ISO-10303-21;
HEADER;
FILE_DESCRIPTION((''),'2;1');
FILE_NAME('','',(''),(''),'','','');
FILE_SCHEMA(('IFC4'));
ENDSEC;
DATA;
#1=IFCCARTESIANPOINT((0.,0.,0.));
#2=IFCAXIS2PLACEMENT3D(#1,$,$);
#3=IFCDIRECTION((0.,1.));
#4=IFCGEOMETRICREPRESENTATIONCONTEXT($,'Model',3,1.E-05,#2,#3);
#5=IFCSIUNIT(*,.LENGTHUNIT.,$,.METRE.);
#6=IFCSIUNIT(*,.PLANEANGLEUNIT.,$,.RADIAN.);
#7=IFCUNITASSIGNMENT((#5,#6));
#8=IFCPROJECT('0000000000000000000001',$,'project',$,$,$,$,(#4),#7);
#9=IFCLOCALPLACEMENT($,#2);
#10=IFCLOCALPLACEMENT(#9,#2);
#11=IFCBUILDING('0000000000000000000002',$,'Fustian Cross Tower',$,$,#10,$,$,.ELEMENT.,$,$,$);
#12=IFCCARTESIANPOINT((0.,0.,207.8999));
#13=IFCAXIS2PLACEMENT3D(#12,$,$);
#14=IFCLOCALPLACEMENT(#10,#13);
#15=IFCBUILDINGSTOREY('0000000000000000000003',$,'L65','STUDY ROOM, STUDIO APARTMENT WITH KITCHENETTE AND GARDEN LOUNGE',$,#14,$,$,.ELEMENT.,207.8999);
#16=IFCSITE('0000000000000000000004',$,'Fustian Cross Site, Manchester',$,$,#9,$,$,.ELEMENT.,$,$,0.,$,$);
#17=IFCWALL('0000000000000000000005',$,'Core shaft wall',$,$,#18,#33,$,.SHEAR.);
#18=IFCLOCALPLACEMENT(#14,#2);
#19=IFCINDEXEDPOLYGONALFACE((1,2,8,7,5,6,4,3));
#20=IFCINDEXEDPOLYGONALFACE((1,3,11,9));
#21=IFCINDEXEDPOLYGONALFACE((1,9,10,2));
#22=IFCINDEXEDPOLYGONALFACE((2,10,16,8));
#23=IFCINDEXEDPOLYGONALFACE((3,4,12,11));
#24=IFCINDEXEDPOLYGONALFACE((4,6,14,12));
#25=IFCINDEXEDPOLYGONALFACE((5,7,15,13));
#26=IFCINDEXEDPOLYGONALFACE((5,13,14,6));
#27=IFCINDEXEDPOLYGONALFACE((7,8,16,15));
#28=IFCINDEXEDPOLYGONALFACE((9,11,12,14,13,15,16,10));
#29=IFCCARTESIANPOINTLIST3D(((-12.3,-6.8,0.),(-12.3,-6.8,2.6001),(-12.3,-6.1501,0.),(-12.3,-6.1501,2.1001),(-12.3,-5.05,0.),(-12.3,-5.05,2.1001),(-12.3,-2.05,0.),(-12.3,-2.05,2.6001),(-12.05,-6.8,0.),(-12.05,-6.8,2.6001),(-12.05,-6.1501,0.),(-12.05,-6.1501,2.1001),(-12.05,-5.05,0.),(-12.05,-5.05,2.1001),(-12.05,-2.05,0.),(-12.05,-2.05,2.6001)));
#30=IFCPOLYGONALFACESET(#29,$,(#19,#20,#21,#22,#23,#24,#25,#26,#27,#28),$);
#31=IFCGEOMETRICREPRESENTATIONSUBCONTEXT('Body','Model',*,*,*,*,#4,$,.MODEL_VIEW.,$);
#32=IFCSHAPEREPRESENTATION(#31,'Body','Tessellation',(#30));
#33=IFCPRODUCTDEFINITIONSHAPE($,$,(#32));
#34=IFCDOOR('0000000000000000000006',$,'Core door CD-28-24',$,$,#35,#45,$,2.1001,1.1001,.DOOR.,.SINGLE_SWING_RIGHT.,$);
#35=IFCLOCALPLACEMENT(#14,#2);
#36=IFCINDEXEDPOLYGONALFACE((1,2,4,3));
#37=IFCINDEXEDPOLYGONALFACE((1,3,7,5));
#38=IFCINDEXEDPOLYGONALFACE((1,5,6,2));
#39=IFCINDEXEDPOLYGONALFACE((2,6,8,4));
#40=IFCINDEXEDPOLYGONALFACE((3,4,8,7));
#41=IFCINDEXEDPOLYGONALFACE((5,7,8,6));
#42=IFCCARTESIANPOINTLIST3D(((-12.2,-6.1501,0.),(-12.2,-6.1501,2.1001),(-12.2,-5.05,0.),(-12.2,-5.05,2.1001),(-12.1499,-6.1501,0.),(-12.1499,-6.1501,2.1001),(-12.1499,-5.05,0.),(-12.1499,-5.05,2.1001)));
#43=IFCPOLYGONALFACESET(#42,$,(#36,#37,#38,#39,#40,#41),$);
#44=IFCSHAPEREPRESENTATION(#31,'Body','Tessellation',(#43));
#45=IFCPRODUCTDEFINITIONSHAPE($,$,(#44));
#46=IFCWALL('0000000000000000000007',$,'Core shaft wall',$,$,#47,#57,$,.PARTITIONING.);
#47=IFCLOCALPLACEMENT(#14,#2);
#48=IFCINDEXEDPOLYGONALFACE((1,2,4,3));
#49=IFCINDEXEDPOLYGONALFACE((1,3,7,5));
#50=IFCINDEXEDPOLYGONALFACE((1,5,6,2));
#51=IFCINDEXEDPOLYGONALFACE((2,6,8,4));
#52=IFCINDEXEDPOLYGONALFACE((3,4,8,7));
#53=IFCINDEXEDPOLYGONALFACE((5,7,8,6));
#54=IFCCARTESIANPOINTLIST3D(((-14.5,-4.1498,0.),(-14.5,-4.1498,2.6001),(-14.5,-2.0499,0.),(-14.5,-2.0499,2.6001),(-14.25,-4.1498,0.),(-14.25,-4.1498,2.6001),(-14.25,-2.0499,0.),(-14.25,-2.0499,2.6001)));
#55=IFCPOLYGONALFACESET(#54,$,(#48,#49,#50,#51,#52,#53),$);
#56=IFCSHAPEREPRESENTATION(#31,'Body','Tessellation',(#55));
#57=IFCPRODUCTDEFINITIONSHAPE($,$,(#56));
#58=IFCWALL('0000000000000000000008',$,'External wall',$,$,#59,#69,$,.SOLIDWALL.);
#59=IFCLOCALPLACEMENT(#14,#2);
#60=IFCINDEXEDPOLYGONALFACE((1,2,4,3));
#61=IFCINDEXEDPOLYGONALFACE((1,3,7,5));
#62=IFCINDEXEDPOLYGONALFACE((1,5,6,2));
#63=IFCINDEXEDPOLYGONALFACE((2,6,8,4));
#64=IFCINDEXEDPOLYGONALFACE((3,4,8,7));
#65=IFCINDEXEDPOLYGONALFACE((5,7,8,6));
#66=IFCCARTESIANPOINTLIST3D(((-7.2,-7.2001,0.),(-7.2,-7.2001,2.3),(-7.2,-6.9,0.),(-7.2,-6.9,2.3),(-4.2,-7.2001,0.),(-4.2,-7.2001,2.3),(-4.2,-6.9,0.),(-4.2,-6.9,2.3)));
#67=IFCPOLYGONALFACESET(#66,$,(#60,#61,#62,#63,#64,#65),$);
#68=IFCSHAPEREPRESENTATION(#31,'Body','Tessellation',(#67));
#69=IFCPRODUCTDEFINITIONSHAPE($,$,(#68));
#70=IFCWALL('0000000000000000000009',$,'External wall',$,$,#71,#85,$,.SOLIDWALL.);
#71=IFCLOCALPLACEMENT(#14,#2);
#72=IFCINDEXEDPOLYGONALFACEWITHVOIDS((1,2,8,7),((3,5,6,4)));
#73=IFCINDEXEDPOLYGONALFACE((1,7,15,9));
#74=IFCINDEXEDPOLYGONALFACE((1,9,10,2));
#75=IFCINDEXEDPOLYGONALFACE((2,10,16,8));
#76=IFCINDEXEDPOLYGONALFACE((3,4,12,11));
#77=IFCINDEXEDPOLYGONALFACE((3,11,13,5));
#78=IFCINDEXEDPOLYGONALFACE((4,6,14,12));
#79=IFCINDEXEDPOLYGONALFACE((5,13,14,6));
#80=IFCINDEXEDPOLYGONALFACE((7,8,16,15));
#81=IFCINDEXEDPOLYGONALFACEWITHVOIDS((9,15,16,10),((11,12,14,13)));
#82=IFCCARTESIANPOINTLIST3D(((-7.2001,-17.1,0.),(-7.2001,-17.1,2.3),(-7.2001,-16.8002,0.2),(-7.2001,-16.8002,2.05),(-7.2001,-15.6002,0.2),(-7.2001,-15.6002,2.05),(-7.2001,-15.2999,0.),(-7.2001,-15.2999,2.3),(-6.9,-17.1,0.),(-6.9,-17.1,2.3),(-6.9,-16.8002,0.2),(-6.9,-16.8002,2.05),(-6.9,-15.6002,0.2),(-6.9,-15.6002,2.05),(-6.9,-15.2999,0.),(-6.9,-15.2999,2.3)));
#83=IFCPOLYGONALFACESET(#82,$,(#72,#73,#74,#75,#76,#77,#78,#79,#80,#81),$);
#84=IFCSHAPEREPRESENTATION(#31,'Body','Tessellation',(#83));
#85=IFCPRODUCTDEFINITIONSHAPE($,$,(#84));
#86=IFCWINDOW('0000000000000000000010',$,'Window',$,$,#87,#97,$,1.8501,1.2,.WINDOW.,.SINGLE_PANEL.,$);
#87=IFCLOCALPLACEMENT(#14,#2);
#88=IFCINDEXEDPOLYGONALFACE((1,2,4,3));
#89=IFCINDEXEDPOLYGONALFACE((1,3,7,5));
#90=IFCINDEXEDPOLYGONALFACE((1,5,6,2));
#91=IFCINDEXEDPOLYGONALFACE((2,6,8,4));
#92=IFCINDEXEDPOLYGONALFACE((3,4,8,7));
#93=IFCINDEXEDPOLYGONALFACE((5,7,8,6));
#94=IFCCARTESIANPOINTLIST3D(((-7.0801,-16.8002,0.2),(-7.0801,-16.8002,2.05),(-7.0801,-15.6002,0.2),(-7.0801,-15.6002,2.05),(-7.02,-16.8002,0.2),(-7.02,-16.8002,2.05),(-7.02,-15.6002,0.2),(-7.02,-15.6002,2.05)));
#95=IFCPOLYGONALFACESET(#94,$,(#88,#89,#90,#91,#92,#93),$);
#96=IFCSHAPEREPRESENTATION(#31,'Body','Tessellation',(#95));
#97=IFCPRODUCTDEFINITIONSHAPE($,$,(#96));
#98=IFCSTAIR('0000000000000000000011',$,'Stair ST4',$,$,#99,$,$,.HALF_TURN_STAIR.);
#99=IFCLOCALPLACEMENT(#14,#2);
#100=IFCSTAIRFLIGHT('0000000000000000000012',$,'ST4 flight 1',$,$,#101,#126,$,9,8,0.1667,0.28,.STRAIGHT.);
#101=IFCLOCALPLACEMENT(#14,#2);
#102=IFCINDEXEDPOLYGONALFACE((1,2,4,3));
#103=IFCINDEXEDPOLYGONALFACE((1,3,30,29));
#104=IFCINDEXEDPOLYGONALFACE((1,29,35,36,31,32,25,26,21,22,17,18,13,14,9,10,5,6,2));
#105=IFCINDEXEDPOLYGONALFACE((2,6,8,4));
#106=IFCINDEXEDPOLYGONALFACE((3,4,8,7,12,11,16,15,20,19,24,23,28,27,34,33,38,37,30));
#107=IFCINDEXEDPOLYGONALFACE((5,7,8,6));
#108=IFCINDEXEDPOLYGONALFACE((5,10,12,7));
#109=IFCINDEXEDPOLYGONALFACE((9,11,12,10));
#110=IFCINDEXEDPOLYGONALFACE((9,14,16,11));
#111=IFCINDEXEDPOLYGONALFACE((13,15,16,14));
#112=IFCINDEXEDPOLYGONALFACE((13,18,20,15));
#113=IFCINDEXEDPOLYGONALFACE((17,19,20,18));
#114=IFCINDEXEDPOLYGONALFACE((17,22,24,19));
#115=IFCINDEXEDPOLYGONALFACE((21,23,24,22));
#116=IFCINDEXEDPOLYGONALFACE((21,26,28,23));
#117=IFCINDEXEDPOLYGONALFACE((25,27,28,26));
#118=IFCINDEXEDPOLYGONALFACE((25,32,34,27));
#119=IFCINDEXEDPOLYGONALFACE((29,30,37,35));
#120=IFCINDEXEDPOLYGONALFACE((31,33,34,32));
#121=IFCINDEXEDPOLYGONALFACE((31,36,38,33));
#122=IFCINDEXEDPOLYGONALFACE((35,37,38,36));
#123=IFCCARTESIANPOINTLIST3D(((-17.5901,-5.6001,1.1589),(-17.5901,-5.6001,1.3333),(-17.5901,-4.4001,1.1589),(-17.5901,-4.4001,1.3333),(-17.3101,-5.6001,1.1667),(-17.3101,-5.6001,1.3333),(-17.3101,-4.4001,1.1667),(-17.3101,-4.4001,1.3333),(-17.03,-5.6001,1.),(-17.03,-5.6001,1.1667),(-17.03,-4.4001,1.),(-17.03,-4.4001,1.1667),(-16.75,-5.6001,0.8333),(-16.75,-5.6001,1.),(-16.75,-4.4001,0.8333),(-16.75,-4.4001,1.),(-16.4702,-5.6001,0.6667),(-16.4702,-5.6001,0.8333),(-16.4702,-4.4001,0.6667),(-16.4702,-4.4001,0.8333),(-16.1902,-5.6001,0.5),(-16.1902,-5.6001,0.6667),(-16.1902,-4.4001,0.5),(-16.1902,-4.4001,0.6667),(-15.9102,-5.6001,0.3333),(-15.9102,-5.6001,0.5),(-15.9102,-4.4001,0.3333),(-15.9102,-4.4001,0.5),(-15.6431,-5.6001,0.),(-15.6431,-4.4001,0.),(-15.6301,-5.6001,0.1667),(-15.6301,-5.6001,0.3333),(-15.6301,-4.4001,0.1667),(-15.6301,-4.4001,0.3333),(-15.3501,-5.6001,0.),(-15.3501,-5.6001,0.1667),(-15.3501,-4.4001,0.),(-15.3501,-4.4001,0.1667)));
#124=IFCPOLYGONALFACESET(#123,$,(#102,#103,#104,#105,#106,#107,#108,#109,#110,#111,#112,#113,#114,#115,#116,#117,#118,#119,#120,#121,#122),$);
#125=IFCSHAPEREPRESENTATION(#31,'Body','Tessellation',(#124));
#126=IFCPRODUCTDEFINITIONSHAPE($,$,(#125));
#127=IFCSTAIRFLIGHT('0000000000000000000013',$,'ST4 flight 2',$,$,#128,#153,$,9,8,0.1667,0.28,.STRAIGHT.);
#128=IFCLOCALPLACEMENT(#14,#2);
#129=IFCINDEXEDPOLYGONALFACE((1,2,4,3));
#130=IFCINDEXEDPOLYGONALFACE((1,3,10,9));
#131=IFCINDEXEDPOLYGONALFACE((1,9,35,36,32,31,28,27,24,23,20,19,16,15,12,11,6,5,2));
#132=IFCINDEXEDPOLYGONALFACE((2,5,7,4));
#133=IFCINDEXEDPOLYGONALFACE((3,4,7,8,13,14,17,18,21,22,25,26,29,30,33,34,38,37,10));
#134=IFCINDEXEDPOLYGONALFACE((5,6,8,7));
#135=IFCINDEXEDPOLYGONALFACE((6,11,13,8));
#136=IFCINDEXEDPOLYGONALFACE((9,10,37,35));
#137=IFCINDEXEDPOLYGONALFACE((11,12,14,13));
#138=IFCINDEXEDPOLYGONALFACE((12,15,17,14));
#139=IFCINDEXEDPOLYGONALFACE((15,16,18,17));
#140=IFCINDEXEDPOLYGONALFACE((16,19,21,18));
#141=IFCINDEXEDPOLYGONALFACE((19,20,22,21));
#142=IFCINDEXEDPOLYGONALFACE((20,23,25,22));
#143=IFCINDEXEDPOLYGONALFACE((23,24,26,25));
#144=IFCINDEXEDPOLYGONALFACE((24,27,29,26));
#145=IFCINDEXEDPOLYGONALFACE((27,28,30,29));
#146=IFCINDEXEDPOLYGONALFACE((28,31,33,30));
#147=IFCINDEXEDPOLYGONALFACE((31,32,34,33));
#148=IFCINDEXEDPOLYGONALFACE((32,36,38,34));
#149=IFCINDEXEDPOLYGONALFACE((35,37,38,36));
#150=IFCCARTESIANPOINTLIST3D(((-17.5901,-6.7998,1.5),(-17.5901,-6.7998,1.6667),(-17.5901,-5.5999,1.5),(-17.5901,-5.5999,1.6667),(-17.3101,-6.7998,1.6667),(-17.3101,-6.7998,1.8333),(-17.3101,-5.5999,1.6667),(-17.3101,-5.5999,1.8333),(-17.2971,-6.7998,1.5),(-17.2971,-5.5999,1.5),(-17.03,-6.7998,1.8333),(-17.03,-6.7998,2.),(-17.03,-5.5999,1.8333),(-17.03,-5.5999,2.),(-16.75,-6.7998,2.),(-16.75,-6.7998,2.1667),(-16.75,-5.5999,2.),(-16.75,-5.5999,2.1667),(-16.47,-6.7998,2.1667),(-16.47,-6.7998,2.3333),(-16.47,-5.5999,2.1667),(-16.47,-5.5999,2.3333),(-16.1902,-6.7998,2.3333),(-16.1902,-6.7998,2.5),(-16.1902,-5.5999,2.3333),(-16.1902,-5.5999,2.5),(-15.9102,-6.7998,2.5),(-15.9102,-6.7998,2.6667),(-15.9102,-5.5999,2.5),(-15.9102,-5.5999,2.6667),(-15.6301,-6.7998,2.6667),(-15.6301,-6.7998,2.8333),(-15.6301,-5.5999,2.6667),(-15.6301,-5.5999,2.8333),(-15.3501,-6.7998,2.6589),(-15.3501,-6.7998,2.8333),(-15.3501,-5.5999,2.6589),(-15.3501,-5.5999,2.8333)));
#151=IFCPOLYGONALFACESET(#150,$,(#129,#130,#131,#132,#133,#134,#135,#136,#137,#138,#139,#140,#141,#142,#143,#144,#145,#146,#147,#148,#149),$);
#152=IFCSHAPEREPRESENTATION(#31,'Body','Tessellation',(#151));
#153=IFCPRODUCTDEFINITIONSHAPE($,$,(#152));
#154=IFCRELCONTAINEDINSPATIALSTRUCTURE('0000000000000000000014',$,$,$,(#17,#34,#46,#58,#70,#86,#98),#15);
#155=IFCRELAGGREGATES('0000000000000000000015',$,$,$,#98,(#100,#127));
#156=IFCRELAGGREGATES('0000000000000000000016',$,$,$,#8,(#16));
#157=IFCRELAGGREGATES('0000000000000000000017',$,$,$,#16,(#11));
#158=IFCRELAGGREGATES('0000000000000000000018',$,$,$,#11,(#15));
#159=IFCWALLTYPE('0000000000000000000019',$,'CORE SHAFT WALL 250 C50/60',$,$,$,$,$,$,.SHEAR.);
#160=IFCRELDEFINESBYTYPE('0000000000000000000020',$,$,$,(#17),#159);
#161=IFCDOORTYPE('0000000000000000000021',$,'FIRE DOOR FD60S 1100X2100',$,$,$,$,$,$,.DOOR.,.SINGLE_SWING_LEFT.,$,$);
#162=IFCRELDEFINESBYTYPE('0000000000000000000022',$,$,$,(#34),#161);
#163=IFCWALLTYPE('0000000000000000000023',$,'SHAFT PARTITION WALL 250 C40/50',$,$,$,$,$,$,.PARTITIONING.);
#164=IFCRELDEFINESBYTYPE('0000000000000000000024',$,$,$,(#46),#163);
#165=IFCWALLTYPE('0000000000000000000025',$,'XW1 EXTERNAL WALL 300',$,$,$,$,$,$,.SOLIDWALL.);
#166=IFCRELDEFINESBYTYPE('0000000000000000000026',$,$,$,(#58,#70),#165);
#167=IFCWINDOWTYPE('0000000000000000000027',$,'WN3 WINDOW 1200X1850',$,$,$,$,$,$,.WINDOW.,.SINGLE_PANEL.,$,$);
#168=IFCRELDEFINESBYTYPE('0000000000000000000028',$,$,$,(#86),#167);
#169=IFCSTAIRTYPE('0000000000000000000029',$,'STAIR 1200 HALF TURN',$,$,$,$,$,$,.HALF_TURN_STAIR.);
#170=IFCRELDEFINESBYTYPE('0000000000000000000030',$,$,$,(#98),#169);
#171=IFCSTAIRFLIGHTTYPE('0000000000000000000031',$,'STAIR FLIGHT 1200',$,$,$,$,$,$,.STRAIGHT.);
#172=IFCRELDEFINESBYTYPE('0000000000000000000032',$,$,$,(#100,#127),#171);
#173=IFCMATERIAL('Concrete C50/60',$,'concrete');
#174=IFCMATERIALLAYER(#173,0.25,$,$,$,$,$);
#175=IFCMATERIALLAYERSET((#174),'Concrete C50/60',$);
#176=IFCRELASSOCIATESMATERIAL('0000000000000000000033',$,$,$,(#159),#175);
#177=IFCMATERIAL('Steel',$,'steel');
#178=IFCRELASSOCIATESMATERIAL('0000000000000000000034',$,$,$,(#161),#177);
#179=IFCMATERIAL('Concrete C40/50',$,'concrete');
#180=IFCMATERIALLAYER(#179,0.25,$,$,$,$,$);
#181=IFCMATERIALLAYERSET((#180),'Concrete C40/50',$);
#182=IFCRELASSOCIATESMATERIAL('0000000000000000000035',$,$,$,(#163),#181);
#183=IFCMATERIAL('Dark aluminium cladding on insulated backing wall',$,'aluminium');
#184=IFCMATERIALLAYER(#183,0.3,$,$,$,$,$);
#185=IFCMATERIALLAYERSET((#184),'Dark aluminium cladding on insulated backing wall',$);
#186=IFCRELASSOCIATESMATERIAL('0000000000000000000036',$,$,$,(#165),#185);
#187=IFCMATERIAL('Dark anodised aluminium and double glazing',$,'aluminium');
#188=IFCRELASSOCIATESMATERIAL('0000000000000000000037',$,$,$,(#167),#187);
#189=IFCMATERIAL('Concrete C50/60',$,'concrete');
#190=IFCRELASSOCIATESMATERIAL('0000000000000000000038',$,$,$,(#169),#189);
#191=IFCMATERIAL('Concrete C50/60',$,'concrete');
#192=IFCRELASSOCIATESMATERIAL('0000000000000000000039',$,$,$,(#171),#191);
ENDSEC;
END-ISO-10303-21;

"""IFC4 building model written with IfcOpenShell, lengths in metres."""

from ifc_helpers import new_model, si_unit, direction, frame, frame_2d, origin, place, context, subcontext, project, spatial, polyline, rectangle, outline, extrude, material, layer, layer_set, type_object, element, fill, aggregate, save


model = new_model("IFC4")

# Units and contexts
model_context = context("Model", 3, precision=1e-05, world=origin(), true_north=direction((0.0, 1.0)))
body_context = subcontext(model_context, "Body", "Model", "MODEL_VIEW")
ifc_project = project(units=[si_unit("LENGTHUNIT", "METRE"), si_unit("PLANEANGLEUNIT", "RADIAN")], contexts=[model_context])

# Site, building, storey
site_placement = place(None, origin())
site = spatial("IfcSite", under=ifc_project, at=site_placement, Name="Fustian Cross Site, Manchester", CompositionType="ELEMENT", RefElevation=0.0)
building_placement = place(site_placement, origin())
building = spatial("IfcBuilding", under=site, at=building_placement, Name="Fustian Cross Tower", CompositionType="ELEMENT")
storey_placement = place(building_placement, frame((0.0, 0.0, 207.8999)))
storey = spatial("IfcBuildingStorey", under=building, at=storey_placement, Name="L65", Description="STUDY ROOM, STUDIO APARTMENT WITH KITCHENETTE AND GARDEN LOUNGE", CompositionType="ELEMENT", Elevation=207.8999)

# Shared definitions
ifc_material_1 = material(Name="Concrete C50/60", Category="concrete")
ifc_layer_1 = layer(ifc_material_1, 0.25)
ifc_layer_set_1 = layer_set([ifc_layer_1], Name="Concrete C50/60")
wall_type_1 = type_object("IfcWallType", Name="CORE SHAFT WALL 250 C50/60", PredefinedType="SHEAR", material=ifc_layer_set_1)

# Wall, opening, door
wall_1_placement = place(storey_placement, frame((-12.175, -2.05, 0.0), z_axis=(0.0, 0.0, 1.0), x_axis=(0.0, -1.0, 0.0)))
wall_1 = element("IfcWall", 1, at=wall_1_placement, inside=storey, type_object=wall_type_1, Name="Core shaft wall", PredefinedType="SHEAR", context=body_context, shape_type="SweptSolid", body=[
    extrude(rectangle(XDim=4.75, YDim=0.25, at=frame_2d((2.375, 0.0))), origin(), (0.0, 0.0, 1.0), 2.6001),
])
opening_1_placement = place(wall_1_placement, frame((3.0, 0.0, 0.0)))
opening_1 = element("IfcOpeningElement", 2, at=opening_1_placement, cuts=wall_1, PredefinedType="OPENING", context=body_context, shape_type="SweptSolid", body=[
    extrude(rectangle(XDim=1.1001, YDim=2.1001, at=frame_2d((0.55, 1.05))), frame((0.0, 0.135, 0.0), z_axis=(0.0, -1.0, 0.0), x_axis=(1.0, 0.0, 0.0)), (0.0, 0.0, 1.0), 0.27),
])
ifc_material_2 = material(Name="Steel", Category="steel")
door_type_1 = type_object("IfcDoorType", Name="FIRE DOOR FD60S 1100X2100", OperationType="SINGLE_SWING_LEFT", PredefinedType="DOOR", material=ifc_material_2)
door_1_placement = place(opening_1_placement, frame((1.1001, 0.0, 0.0), z_axis=(0.0, 0.0, 1.0), x_axis=(-1.0, 0.0, 0.0)))
door_1 = element("IfcDoor", 3, at=door_1_placement, inside=storey, type_object=door_type_1, Name="Core door CD-28-24", OperationType="SINGLE_SWING_RIGHT", OverallHeight=2.1001, OverallWidth=1.1001, PredefinedType="DOOR", context=body_context, shape_type="SweptSolid", body=[
    extrude(rectangle(XDim=1.1001, YDim=2.1001, at=frame_2d((0.55, 1.05))), frame((0.0, 0.0249, 0.0), z_axis=(0.0, -1.0, 0.0), x_axis=(1.0, 0.0, 0.0)), (0.0, 0.0, 1.0), 0.05),
])
fill(opening_1, door_1)

# Walls
ifc_material_3 = material(Name="Concrete C40/50", Category="concrete")
ifc_layer_2 = layer(ifc_material_3, 0.25)
ifc_layer_set_2 = layer_set([ifc_layer_2], Name="Concrete C40/50")
wall_type_2 = type_object("IfcWallType", Name="SHAFT PARTITION WALL 250 C40/50", PredefinedType="PARTITIONING", material=ifc_layer_set_2)
wall_2_placement = place(storey_placement, frame((-14.375, -2.05, 0.0), z_axis=(0.0, 0.0, 1.0), x_axis=(0.0, -1.0, 0.0)))
element("IfcWall", 4, at=wall_2_placement, inside=storey, type_object=wall_type_2, Name="Core shaft wall", PredefinedType="PARTITIONING", context=body_context, shape_type="SweptSolid", body=[
    extrude(rectangle(XDim=2.0999, YDim=0.25, at=frame_2d((1.0498, 0.0))), origin(), (0.0, 0.0, 1.0), 2.6001),
])
ifc_material_4 = material(Name="Dark aluminium cladding on insulated backing wall", Category="aluminium")
ifc_layer_3 = layer(ifc_material_4, 0.3)
ifc_layer_set_3 = layer_set([ifc_layer_3], Name="Dark aluminium cladding on insulated backing wall")
wall_type_3 = type_object("IfcWallType", Name="XW1 EXTERNAL WALL 300", PredefinedType="SOLIDWALL", material=ifc_layer_set_3)
wall_3_placement = place(storey_placement, frame((-7.2, -7.05, 0.0), z_axis=(0.0, 0.0, 1.0), x_axis=(1.0, 0.0, 0.0)))
element("IfcWall", 5, at=wall_3_placement, inside=storey, type_object=wall_type_3, Name="External wall", PredefinedType="SOLIDWALL", context=body_context, shape_type="SweptSolid", body=[
    extrude(rectangle(XDim=3.0, YDim=0.3, at=frame_2d((1.5, 0.0))), origin(), (0.0, 0.0, 1.0), 2.3),
])

# Wall, opening, window
wall_4_placement = place(storey_placement, frame((-7.05, -15.3, 0.0), z_axis=(0.0, 0.0, 1.0), x_axis=(0.0, -1.0, 0.0)))
wall_4 = element("IfcWall", 6, at=wall_4_placement, inside=storey, type_object=wall_type_3, Name="External wall", PredefinedType="SOLIDWALL", context=body_context, shape_type="SweptSolid", body=[
    extrude(rectangle(XDim=1.8, YDim=0.3, at=frame_2d((0.8999, 0.0))), origin(), (0.0, 0.0, 1.0), 2.3),
])
opening_2_placement = place(wall_4_placement, frame((0.3, 0.0, 0.2)))
opening_2 = element("IfcOpeningElement", 7, at=opening_2_placement, cuts=wall_4, PredefinedType="OPENING", context=body_context, shape_type="SweptSolid", body=[
    extrude(rectangle(XDim=1.2, YDim=1.8501, at=frame_2d((0.6001, 0.925))), frame((0.0, 0.1599, 0.0), z_axis=(0.0, -1.0, 0.0), x_axis=(1.0, 0.0, 0.0)), (0.0, 0.0, 1.0), 0.3201),
])
ifc_material_5 = material(Name="Dark anodised aluminium and double glazing", Category="aluminium")
window_type = type_object("IfcWindowType", Name="WN3 WINDOW 1200X1850", PartitioningType="SINGLE_PANEL", PredefinedType="WINDOW", material=ifc_material_5)
window_placement = place(opening_2_placement, origin())
window = element("IfcWindow", 8, at=window_placement, inside=storey, type_object=window_type, Name="Window", OverallHeight=1.8501, OverallWidth=1.2, PartitioningType="SINGLE_PANEL", PredefinedType="WINDOW", context=body_context, shape_type="SweptSolid", body=[
    extrude(rectangle(XDim=1.2, YDim=1.8501, at=frame_2d((0.6001, 0.925))), frame((0.0, 0.03, 0.0), z_axis=(0.0, -1.0, 0.0), x_axis=(1.0, 0.0, 0.0)), (0.0, 0.0, 1.0), 0.0601),
])
fill(opening_2, window)

# Stair, stair flights
ifc_material_6 = material(Name="Concrete C50/60", Category="concrete")
stair_type = type_object("IfcStairType", Name="STAIR 1200 HALF TURN", PredefinedType="HALF_TURN_STAIR", material=ifc_material_6)
stair_placement = place(storey_placement, origin())
stair = element("IfcStair", 9, at=stair_placement, inside=storey, type_object=stair_type, Name="Stair ST4", PredefinedType="HALF_TURN_STAIR")
ifc_material_7 = material(Name="Concrete C50/60", Category="concrete")
stair_flight_type = type_object("IfcStairFlightType", Name="STAIR FLIGHT 1200", PredefinedType="STRAIGHT", material=ifc_material_7)
stair_flight_1_placement = place(storey_placement, frame((-15.3501, -5.0, 0.0), z_axis=(0.0, 0.0, 1.0), x_axis=(-1.0, 0.0, 0.0)))
stair_flight_1 = element("IfcStairFlight", 10, at=stair_flight_1_placement, type_object=stair_flight_type, Name="ST4 flight 1", NumberOfRisers=9, NumberOfTreads=8, PredefinedType="STRAIGHT", RiserHeight=0.1667, TreadLength=0.28, context=body_context, shape_type="SweptSolid", body=[
    extrude(outline(polyline([(0.0, 0.0), (0.0, 0.1667), (0.28, 0.1667), (0.28, 0.3333), (0.5601, 0.3333), (0.5601, 0.5), (0.8401, 0.5), (0.8401, 0.6667), (1.1201, 0.6667), (1.1201, 0.8333), (1.3999, 0.8333), (1.3999, 1.0), (1.6799, 1.0), (1.6799, 1.1667), (1.96, 1.1667), (1.96, 1.3333), (2.24, 1.3333), (2.24, 1.5), (2.24, 1.1589), (0.293, 0.0), (0.0, 0.0)])), frame((0.0, 0.6001, 0.0), z_axis=(0.0, -1.0, 0.0), x_axis=(1.0, 0.0, 0.0)), (0.0, 0.0, 1.0), 1.2),
])
stair_flight_2_placement = place(storey_placement, frame((-17.5901, -6.2, 1.5), z_axis=(0.0, 0.0, 1.0), x_axis=(1.0, 0.0, 0.0)))
stair_flight_2 = element("IfcStairFlight", 11, at=stair_flight_2_placement, type_object=stair_flight_type, Name="ST4 flight 2", NumberOfRisers=9, NumberOfTreads=8, PredefinedType="STRAIGHT", RiserHeight=0.1667, TreadLength=0.28, context=body_context, shape_type="SweptSolid", body=[
    extrude(outline(polyline([(0.0, 0.0), (0.0, 0.1667), (0.28, 0.1667), (0.28, 0.3333), (0.5601, 0.3333), (0.5601, 0.5), (0.8401, 0.5), (0.8401, 0.6667), (1.1201, 0.6667), (1.1201, 0.8333), (1.3999, 0.8333), (1.3999, 1.0), (1.6799, 1.0), (1.6799, 1.1667), (1.96, 1.1667), (1.96, 1.3333), (2.24, 1.3333), (2.24, 1.5), (2.24, 1.1589), (0.293, 0.0), (0.0, 0.0)])), frame((0.0, 0.6001, 0.0), z_axis=(0.0, -1.0, 0.0), x_axis=(1.0, 0.0, 0.0)), (0.0, 0.0, 1.0), 1.2),
])
aggregate(stair, [stair_flight_1, stair_flight_2])

save(model, "model.ifc")
